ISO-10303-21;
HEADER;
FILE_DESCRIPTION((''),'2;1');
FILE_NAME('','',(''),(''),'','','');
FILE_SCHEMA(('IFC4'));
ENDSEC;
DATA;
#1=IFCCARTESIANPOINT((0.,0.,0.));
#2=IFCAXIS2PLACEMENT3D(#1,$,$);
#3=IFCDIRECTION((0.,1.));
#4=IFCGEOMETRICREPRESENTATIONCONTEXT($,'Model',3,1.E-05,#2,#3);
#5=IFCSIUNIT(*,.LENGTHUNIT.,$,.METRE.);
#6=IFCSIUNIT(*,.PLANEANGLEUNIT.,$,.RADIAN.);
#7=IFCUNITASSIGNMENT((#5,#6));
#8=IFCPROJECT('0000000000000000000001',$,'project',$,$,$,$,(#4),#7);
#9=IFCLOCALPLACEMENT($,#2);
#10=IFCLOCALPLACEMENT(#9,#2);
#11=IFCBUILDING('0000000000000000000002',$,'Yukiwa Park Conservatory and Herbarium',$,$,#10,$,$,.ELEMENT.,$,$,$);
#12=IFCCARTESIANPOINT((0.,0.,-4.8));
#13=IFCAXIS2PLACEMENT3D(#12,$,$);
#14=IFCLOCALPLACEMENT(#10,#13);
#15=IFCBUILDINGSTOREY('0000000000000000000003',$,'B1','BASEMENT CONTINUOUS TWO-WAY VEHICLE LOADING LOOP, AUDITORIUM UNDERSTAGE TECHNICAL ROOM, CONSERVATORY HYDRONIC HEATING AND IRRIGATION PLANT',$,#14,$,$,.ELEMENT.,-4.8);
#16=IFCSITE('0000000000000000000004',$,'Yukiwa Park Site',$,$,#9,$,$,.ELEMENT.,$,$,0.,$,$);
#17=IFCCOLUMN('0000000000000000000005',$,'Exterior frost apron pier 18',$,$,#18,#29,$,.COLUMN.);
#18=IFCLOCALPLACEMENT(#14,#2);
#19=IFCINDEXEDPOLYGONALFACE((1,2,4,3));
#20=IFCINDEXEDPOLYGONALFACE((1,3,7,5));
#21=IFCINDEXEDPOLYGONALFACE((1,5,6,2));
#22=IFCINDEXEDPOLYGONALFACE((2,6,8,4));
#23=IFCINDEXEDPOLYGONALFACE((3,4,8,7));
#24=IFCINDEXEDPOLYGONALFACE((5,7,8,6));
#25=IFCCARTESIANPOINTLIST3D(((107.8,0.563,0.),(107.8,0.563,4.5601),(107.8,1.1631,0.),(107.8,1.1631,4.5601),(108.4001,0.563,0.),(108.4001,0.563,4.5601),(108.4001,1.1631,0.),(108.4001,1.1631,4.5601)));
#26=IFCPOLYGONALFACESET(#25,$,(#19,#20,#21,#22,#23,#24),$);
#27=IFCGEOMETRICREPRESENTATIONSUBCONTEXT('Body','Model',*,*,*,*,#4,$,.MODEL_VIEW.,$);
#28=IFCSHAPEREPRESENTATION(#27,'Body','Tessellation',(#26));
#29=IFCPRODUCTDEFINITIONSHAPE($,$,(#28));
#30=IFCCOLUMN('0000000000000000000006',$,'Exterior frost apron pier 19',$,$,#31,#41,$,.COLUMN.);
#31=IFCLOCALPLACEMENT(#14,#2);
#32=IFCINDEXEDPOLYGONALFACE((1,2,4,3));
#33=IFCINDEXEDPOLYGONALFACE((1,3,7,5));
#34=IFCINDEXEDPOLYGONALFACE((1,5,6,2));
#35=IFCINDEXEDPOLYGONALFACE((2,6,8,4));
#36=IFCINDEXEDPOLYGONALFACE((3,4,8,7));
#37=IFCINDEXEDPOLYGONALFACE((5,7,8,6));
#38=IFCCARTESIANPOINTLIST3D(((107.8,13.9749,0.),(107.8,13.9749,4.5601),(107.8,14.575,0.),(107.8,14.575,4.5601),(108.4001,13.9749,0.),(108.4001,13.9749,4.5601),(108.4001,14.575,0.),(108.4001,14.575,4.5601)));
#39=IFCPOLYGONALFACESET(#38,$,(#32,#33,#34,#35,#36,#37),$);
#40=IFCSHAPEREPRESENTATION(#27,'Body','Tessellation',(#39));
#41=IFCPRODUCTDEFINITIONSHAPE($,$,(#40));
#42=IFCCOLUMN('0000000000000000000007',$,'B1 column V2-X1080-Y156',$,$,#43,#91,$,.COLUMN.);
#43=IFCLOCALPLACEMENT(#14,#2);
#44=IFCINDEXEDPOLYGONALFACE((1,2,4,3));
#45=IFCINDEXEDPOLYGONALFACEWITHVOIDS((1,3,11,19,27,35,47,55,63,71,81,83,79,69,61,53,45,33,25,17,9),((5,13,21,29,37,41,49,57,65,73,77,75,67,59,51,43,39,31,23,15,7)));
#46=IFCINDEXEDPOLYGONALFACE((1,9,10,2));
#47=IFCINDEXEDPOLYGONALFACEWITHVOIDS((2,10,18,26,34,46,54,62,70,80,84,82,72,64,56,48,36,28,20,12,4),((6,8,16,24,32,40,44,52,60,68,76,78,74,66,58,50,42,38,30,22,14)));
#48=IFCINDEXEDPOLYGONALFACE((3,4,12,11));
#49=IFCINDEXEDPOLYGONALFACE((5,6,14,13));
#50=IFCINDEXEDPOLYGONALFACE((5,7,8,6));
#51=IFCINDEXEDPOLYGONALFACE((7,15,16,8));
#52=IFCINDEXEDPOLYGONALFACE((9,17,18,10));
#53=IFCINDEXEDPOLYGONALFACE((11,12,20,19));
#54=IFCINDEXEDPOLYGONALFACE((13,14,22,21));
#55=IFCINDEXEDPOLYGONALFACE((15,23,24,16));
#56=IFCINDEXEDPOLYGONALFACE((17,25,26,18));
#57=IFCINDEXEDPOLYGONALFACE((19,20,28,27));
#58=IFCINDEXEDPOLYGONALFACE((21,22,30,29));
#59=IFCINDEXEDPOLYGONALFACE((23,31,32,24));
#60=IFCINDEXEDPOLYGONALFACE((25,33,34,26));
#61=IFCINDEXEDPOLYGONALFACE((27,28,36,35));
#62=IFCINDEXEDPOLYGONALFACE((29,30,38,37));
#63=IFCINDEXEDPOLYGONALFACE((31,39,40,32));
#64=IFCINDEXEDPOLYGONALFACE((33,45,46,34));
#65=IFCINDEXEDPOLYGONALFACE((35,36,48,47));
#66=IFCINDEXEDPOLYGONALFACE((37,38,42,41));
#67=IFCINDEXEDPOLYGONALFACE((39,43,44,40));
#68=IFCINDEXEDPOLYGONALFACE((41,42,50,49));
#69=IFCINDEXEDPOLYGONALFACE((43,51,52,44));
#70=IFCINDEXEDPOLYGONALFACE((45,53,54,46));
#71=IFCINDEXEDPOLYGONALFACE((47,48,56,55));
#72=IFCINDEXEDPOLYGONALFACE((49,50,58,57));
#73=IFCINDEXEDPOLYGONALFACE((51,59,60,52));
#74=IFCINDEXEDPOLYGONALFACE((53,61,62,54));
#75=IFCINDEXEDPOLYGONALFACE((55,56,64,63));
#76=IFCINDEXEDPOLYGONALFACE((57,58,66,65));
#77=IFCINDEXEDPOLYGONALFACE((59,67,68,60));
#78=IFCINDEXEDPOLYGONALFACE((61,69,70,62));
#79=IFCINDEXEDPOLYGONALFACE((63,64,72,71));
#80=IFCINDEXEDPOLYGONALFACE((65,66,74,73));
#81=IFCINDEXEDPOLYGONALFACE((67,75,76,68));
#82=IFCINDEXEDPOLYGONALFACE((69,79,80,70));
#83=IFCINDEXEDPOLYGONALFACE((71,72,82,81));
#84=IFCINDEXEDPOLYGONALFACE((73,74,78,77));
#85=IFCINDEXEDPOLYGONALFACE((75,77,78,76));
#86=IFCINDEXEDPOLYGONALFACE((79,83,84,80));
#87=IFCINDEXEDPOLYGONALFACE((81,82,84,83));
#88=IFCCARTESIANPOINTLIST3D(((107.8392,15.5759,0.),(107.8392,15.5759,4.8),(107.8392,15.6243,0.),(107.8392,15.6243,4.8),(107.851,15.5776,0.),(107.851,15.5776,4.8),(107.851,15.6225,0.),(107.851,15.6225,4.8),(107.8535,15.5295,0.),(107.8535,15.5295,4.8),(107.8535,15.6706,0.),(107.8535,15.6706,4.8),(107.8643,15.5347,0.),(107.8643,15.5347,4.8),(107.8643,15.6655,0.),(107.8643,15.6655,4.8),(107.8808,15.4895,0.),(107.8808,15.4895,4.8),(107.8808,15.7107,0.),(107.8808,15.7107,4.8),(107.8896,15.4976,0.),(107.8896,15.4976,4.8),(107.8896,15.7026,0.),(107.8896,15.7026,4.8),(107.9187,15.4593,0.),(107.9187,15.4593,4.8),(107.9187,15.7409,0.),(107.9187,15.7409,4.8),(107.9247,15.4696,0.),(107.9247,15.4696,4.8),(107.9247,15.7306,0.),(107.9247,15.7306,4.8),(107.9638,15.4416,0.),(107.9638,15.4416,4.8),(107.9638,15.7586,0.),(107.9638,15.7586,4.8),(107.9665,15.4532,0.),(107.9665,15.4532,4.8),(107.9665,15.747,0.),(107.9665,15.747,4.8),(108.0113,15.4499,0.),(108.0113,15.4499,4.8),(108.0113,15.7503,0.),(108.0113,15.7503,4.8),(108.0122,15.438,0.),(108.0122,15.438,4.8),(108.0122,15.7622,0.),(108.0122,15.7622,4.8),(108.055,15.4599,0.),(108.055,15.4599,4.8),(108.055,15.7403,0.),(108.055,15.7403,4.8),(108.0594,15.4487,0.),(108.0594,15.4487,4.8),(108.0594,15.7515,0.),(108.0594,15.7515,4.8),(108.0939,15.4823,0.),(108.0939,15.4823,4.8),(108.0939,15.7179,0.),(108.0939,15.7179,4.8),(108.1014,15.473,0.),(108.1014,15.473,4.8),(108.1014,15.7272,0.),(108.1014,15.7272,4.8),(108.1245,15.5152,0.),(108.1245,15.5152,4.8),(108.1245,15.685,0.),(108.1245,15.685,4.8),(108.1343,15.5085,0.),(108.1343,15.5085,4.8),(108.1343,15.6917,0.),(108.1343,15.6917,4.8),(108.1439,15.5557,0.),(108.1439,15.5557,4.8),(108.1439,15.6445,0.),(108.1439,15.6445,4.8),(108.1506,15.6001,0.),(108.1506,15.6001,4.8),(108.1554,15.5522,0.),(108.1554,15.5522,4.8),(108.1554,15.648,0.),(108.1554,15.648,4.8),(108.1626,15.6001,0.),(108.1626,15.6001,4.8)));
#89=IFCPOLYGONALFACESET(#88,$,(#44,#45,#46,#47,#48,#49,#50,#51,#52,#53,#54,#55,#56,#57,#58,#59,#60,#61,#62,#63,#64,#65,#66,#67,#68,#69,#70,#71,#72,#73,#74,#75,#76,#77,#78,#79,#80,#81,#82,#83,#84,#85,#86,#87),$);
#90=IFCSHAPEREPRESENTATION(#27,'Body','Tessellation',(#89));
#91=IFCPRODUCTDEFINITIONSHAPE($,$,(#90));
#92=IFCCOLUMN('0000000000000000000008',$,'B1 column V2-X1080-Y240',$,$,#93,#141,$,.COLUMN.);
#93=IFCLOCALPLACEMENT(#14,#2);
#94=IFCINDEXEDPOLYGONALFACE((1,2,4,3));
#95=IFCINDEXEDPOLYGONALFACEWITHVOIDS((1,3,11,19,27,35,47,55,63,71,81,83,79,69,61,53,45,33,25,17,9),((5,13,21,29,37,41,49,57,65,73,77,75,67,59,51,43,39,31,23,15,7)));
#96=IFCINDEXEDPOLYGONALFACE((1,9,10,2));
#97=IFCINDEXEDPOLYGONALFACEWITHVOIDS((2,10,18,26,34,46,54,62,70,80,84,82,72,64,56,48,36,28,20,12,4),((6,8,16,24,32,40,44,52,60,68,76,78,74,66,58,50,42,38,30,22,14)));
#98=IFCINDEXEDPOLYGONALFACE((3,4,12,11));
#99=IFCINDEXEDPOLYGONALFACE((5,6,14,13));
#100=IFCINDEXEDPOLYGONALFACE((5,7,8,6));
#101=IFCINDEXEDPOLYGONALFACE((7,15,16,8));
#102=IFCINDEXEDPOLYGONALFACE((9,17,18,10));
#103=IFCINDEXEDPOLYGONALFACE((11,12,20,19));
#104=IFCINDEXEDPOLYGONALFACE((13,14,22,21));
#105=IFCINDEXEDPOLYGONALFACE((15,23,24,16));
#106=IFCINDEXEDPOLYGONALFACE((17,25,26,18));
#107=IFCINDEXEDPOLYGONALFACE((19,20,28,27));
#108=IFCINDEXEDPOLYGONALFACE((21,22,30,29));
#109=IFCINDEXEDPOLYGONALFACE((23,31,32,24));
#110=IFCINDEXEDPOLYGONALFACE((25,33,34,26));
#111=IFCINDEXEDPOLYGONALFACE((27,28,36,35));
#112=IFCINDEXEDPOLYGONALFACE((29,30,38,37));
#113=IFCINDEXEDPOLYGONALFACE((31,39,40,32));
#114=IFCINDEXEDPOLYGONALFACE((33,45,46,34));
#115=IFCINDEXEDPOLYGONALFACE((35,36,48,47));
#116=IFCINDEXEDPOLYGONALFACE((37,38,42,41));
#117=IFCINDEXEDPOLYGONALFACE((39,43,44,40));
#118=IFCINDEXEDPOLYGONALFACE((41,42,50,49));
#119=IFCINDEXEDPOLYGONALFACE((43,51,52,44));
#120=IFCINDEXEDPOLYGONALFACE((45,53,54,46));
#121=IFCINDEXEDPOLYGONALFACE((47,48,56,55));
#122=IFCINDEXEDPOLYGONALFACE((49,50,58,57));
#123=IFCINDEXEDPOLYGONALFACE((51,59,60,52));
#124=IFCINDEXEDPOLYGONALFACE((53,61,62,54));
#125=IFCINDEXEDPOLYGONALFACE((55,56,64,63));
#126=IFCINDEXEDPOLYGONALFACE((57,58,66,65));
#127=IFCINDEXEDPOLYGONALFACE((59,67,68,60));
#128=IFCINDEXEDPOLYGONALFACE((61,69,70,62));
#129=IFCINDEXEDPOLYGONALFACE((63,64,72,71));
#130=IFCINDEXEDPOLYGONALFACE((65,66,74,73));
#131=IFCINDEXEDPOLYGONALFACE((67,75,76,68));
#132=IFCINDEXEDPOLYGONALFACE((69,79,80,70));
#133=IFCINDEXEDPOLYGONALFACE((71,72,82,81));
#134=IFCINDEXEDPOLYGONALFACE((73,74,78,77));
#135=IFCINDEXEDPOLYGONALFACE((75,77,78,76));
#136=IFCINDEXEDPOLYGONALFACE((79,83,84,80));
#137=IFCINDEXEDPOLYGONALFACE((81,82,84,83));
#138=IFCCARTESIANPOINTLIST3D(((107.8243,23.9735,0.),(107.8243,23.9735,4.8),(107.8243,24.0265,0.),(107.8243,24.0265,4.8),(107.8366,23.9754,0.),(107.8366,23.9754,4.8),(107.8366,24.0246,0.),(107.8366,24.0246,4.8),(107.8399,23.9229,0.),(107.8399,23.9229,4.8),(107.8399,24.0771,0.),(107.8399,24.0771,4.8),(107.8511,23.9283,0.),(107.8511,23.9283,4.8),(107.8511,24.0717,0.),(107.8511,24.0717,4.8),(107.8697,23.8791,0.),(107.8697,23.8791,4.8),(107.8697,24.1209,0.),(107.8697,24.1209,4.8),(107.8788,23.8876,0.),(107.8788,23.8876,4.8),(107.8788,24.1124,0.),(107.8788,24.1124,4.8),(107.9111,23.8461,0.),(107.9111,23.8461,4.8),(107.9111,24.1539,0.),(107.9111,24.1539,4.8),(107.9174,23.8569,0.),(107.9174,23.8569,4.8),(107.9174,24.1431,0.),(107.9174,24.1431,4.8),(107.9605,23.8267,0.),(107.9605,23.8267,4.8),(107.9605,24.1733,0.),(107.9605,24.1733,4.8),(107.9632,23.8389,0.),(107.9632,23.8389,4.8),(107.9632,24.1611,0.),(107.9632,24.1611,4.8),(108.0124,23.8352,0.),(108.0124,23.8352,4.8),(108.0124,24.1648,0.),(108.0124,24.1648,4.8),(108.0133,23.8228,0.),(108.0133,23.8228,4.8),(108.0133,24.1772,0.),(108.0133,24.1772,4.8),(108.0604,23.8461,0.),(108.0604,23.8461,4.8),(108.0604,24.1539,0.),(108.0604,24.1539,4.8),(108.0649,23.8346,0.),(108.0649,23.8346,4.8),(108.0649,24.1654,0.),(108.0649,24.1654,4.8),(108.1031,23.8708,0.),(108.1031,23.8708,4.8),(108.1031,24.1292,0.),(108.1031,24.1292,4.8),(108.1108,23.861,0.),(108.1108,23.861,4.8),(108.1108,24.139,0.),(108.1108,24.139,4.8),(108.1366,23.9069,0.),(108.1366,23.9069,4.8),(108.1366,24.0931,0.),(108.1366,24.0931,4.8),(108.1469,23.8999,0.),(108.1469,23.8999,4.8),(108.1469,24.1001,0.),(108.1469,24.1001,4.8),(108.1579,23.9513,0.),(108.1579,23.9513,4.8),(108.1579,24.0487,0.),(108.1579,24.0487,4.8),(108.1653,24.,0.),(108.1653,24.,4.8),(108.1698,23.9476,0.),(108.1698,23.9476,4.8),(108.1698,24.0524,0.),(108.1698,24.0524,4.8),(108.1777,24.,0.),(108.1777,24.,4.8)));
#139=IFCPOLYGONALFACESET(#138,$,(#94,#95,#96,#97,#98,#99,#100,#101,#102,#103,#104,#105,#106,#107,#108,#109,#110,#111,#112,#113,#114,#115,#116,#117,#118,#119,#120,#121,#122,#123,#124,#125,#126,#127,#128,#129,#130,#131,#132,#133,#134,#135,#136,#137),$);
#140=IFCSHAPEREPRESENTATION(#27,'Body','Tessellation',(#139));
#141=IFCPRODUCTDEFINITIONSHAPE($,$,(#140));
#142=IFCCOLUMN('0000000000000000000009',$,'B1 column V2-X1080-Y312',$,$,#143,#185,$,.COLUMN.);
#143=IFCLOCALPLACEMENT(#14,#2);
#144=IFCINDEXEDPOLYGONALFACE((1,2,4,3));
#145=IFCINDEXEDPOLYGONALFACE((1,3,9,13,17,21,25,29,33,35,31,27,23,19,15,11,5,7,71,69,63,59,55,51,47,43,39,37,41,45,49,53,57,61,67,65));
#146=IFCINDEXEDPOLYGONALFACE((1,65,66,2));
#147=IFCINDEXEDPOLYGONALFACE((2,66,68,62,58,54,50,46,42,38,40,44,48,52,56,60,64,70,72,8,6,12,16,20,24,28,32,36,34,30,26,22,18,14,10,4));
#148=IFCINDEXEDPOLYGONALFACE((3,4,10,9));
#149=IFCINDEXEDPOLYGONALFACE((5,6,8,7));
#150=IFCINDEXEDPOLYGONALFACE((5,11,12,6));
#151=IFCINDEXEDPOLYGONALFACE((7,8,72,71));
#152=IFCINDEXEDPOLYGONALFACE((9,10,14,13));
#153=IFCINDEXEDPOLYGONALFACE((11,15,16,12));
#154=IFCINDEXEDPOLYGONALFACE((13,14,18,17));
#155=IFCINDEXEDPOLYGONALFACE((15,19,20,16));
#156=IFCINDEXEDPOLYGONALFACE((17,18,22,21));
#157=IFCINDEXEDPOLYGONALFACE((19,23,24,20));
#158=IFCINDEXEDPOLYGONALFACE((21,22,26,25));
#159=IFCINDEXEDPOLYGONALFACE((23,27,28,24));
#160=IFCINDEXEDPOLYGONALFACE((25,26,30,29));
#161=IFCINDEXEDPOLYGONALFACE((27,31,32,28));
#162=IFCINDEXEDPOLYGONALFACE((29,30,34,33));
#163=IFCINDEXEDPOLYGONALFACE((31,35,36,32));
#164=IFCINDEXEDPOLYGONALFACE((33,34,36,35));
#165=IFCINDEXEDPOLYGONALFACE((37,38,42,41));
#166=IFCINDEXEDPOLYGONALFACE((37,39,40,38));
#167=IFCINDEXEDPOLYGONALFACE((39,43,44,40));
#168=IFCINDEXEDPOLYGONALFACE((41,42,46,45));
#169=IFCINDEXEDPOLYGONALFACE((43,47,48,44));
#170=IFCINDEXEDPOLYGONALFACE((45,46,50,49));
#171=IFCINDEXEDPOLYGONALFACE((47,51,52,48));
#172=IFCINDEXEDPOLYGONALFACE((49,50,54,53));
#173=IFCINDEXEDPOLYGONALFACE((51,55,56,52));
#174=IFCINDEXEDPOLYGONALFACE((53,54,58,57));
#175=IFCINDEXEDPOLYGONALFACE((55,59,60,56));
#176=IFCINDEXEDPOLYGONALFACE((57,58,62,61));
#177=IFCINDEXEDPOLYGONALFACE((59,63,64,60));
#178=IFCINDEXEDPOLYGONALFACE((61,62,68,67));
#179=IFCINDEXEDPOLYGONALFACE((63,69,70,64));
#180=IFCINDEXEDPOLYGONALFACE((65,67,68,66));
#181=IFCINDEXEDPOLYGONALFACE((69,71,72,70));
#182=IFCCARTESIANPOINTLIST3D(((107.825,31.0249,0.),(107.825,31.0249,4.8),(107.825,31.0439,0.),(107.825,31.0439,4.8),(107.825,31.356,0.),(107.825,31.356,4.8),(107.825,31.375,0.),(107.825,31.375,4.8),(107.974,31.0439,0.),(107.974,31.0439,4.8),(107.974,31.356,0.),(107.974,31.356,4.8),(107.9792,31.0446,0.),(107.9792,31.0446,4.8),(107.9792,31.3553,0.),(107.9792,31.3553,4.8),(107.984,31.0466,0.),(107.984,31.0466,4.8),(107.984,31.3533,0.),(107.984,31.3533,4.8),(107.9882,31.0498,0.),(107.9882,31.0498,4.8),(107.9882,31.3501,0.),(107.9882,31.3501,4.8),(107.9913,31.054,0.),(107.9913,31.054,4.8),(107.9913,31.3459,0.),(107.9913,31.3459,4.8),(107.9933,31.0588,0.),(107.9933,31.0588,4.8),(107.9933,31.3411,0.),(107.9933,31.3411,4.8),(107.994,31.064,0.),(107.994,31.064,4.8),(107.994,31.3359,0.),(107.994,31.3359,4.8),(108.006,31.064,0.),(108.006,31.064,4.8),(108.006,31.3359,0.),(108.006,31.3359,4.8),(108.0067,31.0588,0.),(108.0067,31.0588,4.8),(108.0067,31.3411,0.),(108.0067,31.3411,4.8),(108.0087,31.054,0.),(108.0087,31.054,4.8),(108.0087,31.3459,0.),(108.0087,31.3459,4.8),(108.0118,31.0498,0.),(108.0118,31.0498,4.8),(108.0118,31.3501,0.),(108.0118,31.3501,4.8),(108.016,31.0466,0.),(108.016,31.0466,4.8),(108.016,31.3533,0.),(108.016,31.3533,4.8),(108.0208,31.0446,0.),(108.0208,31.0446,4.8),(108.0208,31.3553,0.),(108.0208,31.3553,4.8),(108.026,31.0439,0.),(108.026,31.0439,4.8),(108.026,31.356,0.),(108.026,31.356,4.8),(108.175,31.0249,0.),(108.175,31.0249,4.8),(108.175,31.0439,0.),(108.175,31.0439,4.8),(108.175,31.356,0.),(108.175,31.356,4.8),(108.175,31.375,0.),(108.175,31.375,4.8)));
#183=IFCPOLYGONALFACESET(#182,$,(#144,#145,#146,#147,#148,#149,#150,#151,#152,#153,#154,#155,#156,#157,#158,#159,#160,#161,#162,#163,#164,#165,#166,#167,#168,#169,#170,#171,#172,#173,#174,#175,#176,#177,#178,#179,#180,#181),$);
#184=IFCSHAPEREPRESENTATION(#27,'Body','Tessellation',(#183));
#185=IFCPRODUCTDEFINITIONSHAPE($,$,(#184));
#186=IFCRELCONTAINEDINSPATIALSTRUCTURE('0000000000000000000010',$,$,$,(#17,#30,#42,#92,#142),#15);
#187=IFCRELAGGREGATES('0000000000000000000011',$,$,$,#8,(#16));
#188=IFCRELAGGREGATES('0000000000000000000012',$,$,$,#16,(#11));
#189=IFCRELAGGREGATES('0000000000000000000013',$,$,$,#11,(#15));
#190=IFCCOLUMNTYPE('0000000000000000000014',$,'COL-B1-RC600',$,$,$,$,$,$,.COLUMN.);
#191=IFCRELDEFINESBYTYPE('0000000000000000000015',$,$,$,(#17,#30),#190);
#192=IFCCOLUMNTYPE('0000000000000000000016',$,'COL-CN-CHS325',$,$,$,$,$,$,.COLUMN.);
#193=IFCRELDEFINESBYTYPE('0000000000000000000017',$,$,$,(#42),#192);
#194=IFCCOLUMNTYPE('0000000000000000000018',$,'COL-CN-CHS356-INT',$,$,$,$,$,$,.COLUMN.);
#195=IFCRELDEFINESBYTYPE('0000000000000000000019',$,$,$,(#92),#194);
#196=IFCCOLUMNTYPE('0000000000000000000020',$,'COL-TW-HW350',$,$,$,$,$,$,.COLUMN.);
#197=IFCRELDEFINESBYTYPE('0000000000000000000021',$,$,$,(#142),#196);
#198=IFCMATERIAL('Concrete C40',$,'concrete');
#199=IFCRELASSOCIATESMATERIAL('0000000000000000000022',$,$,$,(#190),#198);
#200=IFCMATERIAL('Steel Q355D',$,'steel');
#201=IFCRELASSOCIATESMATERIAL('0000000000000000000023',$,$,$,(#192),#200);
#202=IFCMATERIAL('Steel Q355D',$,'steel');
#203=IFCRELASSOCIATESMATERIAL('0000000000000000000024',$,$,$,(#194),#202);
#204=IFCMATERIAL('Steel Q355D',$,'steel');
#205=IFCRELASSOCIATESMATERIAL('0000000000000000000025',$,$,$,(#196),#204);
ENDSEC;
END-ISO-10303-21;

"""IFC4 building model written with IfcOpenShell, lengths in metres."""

from ifc_helpers import new_model, si_unit, direction, frame, origin, origin_2d, place, context, subcontext, project, spatial, rectangle, hollow_circle, i_section, extrude, material, material_profile, profile_set, type_object, element, save


model = new_model("IFC4")

# Units and contexts
model_context = context("Model", 3, precision=1e-05, world=origin(), true_north=direction((0.0, 1.0)))
body_context = subcontext(model_context, "Body", "Model", "MODEL_VIEW")
ifc_project = project(units=[si_unit("LENGTHUNIT", "METRE"), si_unit("PLANEANGLEUNIT", "RADIAN")], contexts=[model_context])

# Site, building, storey
site_placement = place(None, origin())
site = spatial("IfcSite", under=ifc_project, at=site_placement, Name="Yukiwa Park Site", CompositionType="ELEMENT", RefElevation=0.0)
building_placement = place(site_placement, origin())
building = spatial("IfcBuilding", under=site, at=building_placement, Name="Yukiwa Park Conservatory and Herbarium", CompositionType="ELEMENT")
storey_placement = place(building_placement, frame((0.0, 0.0, -4.8)))
storey = spatial("IfcBuildingStorey", under=building, at=storey_placement, Name="B1", Description="BASEMENT CONTINUOUS TWO-WAY VEHICLE LOADING LOOP, AUDITORIUM UNDERSTAGE TECHNICAL ROOM, CONSERVATORY HYDRONIC HEATING AND IRRIGATION PLANT", CompositionType="ELEMENT", Elevation=-4.8)

# Columns
ifc_material_1 = material(Name="Concrete C40", Category="concrete")
ifc_material_profile_1 = material_profile(ifc_material_1, rectangle(XDim=0.6001, YDim=0.6001, at=origin_2d()), Name="RC 600x600")
ifc_profile_set_1 = profile_set([ifc_material_profile_1], Name="Concrete C40")
column_type_1 = type_object("IfcColumnType", Name="COL-B1-RC600", PredefinedType="COLUMN", material=ifc_profile_set_1)
for number, where, z_axis, x_axis, name in (
    (1, (108.1001, 0.863, 0.0), (0.0, 0.0, 1.0), (1.0, 0.0, 0.0), "Exterior frost apron pier 18"),
    (2, (108.1001, 14.2749, 0.0), (0.0, 0.0, 1.0), (1.0, 0.0, 0.0), "Exterior frost apron pier 19"),
):
    element("IfcColumn", number, at=place(storey_placement, frame(where, z_axis=z_axis, x_axis=x_axis)), inside=storey, type_object=column_type_1, Name=name, PredefinedType="COLUMN", context=body_context, shape_type="SweptSolid", body=[
        extrude(rectangle(XDim=0.6001, YDim=0.6001, at=origin_2d()), origin(), (0.0, 0.0, 1.0), 4.5601),
    ])
ifc_material_2 = material(Name="Steel Q355D", Category="steel")
ifc_material_profile_2 = material_profile(ifc_material_2, hollow_circle(Radius=0.1626, WallThickness=0.012, at=origin_2d()), Name="CHS 325x12")
ifc_profile_set_2 = profile_set([ifc_material_profile_2], Name="Steel Q355D")
column_type_2 = type_object("IfcColumnType", Name="COL-CN-CHS325", PredefinedType="COLUMN", material=ifc_profile_set_2)
column_1_placement = place(storey_placement, frame((108.0, 15.6001, 0.0), z_axis=(0.0, 0.0, 1.0), x_axis=(1.0, 0.0, 0.0)))
element("IfcColumn", 3, at=column_1_placement, inside=storey, type_object=column_type_2, Name="B1 column V2-X1080-Y156", PredefinedType="COLUMN", context=body_context, shape_type="SweptSolid", body=[
    extrude(hollow_circle(Radius=0.1626, WallThickness=0.012, at=origin_2d()), origin(), (0.0, 0.0, 1.0), 4.8),
])
ifc_material_3 = material(Name="Steel Q355D", Category="steel")
ifc_material_profile_3 = material_profile(ifc_material_3, hollow_circle(Radius=0.1777, WallThickness=0.0125, at=origin_2d()), Name="CHS 355.6x12.5")
ifc_profile_set_3 = profile_set([ifc_material_profile_3], Name="Steel Q355D")
column_type_3 = type_object("IfcColumnType", Name="COL-CN-CHS356-INT", PredefinedType="COLUMN", material=ifc_profile_set_3)
column_2_placement = place(storey_placement, frame((108.0, 24.0, 0.0), z_axis=(0.0, 0.0, 1.0), x_axis=(1.0, 0.0, 0.0)))
element("IfcColumn", 4, at=column_2_placement, inside=storey, type_object=column_type_3, Name="B1 column V2-X1080-Y240", PredefinedType="COLUMN", context=body_context, shape_type="SweptSolid", body=[
    extrude(hollow_circle(Radius=0.1777, WallThickness=0.0125, at=origin_2d()), origin(), (0.0, 0.0, 1.0), 4.8),
])
ifc_material_4 = material(Name="Steel Q355D", Category="steel")
ifc_material_profile_4 = material_profile(ifc_material_4, i_section(OverallWidth=0.3501, OverallDepth=0.3501, WebThickness=0.012, FlangeThickness=0.019, FilletRadius=0.02, at=origin_2d()), Name="HW 350x350x12x19")
ifc_profile_set_4 = profile_set([ifc_material_profile_4], Name="Steel Q355D")
column_type_4 = type_object("IfcColumnType", Name="COL-TW-HW350", PredefinedType="COLUMN", material=ifc_profile_set_4)
column_3_placement = place(storey_placement, frame((108.0, 31.2, 0.0), z_axis=(0.0, 0.0, 1.0), x_axis=(1.0, 0.0, 0.0)))
element("IfcColumn", 5, at=column_3_placement, inside=storey, type_object=column_type_4, Name="B1 column V2-X1080-Y312", PredefinedType="COLUMN", context=body_context, shape_type="SweptSolid", body=[
    extrude(i_section(OverallWidth=0.3501, OverallDepth=0.3501, WebThickness=0.012, FlangeThickness=0.019, FilletRadius=0.02, at=origin_2d()), origin(), (0.0, 0.0, 1.0), 4.8),
])

save(model, "model.ifc")
